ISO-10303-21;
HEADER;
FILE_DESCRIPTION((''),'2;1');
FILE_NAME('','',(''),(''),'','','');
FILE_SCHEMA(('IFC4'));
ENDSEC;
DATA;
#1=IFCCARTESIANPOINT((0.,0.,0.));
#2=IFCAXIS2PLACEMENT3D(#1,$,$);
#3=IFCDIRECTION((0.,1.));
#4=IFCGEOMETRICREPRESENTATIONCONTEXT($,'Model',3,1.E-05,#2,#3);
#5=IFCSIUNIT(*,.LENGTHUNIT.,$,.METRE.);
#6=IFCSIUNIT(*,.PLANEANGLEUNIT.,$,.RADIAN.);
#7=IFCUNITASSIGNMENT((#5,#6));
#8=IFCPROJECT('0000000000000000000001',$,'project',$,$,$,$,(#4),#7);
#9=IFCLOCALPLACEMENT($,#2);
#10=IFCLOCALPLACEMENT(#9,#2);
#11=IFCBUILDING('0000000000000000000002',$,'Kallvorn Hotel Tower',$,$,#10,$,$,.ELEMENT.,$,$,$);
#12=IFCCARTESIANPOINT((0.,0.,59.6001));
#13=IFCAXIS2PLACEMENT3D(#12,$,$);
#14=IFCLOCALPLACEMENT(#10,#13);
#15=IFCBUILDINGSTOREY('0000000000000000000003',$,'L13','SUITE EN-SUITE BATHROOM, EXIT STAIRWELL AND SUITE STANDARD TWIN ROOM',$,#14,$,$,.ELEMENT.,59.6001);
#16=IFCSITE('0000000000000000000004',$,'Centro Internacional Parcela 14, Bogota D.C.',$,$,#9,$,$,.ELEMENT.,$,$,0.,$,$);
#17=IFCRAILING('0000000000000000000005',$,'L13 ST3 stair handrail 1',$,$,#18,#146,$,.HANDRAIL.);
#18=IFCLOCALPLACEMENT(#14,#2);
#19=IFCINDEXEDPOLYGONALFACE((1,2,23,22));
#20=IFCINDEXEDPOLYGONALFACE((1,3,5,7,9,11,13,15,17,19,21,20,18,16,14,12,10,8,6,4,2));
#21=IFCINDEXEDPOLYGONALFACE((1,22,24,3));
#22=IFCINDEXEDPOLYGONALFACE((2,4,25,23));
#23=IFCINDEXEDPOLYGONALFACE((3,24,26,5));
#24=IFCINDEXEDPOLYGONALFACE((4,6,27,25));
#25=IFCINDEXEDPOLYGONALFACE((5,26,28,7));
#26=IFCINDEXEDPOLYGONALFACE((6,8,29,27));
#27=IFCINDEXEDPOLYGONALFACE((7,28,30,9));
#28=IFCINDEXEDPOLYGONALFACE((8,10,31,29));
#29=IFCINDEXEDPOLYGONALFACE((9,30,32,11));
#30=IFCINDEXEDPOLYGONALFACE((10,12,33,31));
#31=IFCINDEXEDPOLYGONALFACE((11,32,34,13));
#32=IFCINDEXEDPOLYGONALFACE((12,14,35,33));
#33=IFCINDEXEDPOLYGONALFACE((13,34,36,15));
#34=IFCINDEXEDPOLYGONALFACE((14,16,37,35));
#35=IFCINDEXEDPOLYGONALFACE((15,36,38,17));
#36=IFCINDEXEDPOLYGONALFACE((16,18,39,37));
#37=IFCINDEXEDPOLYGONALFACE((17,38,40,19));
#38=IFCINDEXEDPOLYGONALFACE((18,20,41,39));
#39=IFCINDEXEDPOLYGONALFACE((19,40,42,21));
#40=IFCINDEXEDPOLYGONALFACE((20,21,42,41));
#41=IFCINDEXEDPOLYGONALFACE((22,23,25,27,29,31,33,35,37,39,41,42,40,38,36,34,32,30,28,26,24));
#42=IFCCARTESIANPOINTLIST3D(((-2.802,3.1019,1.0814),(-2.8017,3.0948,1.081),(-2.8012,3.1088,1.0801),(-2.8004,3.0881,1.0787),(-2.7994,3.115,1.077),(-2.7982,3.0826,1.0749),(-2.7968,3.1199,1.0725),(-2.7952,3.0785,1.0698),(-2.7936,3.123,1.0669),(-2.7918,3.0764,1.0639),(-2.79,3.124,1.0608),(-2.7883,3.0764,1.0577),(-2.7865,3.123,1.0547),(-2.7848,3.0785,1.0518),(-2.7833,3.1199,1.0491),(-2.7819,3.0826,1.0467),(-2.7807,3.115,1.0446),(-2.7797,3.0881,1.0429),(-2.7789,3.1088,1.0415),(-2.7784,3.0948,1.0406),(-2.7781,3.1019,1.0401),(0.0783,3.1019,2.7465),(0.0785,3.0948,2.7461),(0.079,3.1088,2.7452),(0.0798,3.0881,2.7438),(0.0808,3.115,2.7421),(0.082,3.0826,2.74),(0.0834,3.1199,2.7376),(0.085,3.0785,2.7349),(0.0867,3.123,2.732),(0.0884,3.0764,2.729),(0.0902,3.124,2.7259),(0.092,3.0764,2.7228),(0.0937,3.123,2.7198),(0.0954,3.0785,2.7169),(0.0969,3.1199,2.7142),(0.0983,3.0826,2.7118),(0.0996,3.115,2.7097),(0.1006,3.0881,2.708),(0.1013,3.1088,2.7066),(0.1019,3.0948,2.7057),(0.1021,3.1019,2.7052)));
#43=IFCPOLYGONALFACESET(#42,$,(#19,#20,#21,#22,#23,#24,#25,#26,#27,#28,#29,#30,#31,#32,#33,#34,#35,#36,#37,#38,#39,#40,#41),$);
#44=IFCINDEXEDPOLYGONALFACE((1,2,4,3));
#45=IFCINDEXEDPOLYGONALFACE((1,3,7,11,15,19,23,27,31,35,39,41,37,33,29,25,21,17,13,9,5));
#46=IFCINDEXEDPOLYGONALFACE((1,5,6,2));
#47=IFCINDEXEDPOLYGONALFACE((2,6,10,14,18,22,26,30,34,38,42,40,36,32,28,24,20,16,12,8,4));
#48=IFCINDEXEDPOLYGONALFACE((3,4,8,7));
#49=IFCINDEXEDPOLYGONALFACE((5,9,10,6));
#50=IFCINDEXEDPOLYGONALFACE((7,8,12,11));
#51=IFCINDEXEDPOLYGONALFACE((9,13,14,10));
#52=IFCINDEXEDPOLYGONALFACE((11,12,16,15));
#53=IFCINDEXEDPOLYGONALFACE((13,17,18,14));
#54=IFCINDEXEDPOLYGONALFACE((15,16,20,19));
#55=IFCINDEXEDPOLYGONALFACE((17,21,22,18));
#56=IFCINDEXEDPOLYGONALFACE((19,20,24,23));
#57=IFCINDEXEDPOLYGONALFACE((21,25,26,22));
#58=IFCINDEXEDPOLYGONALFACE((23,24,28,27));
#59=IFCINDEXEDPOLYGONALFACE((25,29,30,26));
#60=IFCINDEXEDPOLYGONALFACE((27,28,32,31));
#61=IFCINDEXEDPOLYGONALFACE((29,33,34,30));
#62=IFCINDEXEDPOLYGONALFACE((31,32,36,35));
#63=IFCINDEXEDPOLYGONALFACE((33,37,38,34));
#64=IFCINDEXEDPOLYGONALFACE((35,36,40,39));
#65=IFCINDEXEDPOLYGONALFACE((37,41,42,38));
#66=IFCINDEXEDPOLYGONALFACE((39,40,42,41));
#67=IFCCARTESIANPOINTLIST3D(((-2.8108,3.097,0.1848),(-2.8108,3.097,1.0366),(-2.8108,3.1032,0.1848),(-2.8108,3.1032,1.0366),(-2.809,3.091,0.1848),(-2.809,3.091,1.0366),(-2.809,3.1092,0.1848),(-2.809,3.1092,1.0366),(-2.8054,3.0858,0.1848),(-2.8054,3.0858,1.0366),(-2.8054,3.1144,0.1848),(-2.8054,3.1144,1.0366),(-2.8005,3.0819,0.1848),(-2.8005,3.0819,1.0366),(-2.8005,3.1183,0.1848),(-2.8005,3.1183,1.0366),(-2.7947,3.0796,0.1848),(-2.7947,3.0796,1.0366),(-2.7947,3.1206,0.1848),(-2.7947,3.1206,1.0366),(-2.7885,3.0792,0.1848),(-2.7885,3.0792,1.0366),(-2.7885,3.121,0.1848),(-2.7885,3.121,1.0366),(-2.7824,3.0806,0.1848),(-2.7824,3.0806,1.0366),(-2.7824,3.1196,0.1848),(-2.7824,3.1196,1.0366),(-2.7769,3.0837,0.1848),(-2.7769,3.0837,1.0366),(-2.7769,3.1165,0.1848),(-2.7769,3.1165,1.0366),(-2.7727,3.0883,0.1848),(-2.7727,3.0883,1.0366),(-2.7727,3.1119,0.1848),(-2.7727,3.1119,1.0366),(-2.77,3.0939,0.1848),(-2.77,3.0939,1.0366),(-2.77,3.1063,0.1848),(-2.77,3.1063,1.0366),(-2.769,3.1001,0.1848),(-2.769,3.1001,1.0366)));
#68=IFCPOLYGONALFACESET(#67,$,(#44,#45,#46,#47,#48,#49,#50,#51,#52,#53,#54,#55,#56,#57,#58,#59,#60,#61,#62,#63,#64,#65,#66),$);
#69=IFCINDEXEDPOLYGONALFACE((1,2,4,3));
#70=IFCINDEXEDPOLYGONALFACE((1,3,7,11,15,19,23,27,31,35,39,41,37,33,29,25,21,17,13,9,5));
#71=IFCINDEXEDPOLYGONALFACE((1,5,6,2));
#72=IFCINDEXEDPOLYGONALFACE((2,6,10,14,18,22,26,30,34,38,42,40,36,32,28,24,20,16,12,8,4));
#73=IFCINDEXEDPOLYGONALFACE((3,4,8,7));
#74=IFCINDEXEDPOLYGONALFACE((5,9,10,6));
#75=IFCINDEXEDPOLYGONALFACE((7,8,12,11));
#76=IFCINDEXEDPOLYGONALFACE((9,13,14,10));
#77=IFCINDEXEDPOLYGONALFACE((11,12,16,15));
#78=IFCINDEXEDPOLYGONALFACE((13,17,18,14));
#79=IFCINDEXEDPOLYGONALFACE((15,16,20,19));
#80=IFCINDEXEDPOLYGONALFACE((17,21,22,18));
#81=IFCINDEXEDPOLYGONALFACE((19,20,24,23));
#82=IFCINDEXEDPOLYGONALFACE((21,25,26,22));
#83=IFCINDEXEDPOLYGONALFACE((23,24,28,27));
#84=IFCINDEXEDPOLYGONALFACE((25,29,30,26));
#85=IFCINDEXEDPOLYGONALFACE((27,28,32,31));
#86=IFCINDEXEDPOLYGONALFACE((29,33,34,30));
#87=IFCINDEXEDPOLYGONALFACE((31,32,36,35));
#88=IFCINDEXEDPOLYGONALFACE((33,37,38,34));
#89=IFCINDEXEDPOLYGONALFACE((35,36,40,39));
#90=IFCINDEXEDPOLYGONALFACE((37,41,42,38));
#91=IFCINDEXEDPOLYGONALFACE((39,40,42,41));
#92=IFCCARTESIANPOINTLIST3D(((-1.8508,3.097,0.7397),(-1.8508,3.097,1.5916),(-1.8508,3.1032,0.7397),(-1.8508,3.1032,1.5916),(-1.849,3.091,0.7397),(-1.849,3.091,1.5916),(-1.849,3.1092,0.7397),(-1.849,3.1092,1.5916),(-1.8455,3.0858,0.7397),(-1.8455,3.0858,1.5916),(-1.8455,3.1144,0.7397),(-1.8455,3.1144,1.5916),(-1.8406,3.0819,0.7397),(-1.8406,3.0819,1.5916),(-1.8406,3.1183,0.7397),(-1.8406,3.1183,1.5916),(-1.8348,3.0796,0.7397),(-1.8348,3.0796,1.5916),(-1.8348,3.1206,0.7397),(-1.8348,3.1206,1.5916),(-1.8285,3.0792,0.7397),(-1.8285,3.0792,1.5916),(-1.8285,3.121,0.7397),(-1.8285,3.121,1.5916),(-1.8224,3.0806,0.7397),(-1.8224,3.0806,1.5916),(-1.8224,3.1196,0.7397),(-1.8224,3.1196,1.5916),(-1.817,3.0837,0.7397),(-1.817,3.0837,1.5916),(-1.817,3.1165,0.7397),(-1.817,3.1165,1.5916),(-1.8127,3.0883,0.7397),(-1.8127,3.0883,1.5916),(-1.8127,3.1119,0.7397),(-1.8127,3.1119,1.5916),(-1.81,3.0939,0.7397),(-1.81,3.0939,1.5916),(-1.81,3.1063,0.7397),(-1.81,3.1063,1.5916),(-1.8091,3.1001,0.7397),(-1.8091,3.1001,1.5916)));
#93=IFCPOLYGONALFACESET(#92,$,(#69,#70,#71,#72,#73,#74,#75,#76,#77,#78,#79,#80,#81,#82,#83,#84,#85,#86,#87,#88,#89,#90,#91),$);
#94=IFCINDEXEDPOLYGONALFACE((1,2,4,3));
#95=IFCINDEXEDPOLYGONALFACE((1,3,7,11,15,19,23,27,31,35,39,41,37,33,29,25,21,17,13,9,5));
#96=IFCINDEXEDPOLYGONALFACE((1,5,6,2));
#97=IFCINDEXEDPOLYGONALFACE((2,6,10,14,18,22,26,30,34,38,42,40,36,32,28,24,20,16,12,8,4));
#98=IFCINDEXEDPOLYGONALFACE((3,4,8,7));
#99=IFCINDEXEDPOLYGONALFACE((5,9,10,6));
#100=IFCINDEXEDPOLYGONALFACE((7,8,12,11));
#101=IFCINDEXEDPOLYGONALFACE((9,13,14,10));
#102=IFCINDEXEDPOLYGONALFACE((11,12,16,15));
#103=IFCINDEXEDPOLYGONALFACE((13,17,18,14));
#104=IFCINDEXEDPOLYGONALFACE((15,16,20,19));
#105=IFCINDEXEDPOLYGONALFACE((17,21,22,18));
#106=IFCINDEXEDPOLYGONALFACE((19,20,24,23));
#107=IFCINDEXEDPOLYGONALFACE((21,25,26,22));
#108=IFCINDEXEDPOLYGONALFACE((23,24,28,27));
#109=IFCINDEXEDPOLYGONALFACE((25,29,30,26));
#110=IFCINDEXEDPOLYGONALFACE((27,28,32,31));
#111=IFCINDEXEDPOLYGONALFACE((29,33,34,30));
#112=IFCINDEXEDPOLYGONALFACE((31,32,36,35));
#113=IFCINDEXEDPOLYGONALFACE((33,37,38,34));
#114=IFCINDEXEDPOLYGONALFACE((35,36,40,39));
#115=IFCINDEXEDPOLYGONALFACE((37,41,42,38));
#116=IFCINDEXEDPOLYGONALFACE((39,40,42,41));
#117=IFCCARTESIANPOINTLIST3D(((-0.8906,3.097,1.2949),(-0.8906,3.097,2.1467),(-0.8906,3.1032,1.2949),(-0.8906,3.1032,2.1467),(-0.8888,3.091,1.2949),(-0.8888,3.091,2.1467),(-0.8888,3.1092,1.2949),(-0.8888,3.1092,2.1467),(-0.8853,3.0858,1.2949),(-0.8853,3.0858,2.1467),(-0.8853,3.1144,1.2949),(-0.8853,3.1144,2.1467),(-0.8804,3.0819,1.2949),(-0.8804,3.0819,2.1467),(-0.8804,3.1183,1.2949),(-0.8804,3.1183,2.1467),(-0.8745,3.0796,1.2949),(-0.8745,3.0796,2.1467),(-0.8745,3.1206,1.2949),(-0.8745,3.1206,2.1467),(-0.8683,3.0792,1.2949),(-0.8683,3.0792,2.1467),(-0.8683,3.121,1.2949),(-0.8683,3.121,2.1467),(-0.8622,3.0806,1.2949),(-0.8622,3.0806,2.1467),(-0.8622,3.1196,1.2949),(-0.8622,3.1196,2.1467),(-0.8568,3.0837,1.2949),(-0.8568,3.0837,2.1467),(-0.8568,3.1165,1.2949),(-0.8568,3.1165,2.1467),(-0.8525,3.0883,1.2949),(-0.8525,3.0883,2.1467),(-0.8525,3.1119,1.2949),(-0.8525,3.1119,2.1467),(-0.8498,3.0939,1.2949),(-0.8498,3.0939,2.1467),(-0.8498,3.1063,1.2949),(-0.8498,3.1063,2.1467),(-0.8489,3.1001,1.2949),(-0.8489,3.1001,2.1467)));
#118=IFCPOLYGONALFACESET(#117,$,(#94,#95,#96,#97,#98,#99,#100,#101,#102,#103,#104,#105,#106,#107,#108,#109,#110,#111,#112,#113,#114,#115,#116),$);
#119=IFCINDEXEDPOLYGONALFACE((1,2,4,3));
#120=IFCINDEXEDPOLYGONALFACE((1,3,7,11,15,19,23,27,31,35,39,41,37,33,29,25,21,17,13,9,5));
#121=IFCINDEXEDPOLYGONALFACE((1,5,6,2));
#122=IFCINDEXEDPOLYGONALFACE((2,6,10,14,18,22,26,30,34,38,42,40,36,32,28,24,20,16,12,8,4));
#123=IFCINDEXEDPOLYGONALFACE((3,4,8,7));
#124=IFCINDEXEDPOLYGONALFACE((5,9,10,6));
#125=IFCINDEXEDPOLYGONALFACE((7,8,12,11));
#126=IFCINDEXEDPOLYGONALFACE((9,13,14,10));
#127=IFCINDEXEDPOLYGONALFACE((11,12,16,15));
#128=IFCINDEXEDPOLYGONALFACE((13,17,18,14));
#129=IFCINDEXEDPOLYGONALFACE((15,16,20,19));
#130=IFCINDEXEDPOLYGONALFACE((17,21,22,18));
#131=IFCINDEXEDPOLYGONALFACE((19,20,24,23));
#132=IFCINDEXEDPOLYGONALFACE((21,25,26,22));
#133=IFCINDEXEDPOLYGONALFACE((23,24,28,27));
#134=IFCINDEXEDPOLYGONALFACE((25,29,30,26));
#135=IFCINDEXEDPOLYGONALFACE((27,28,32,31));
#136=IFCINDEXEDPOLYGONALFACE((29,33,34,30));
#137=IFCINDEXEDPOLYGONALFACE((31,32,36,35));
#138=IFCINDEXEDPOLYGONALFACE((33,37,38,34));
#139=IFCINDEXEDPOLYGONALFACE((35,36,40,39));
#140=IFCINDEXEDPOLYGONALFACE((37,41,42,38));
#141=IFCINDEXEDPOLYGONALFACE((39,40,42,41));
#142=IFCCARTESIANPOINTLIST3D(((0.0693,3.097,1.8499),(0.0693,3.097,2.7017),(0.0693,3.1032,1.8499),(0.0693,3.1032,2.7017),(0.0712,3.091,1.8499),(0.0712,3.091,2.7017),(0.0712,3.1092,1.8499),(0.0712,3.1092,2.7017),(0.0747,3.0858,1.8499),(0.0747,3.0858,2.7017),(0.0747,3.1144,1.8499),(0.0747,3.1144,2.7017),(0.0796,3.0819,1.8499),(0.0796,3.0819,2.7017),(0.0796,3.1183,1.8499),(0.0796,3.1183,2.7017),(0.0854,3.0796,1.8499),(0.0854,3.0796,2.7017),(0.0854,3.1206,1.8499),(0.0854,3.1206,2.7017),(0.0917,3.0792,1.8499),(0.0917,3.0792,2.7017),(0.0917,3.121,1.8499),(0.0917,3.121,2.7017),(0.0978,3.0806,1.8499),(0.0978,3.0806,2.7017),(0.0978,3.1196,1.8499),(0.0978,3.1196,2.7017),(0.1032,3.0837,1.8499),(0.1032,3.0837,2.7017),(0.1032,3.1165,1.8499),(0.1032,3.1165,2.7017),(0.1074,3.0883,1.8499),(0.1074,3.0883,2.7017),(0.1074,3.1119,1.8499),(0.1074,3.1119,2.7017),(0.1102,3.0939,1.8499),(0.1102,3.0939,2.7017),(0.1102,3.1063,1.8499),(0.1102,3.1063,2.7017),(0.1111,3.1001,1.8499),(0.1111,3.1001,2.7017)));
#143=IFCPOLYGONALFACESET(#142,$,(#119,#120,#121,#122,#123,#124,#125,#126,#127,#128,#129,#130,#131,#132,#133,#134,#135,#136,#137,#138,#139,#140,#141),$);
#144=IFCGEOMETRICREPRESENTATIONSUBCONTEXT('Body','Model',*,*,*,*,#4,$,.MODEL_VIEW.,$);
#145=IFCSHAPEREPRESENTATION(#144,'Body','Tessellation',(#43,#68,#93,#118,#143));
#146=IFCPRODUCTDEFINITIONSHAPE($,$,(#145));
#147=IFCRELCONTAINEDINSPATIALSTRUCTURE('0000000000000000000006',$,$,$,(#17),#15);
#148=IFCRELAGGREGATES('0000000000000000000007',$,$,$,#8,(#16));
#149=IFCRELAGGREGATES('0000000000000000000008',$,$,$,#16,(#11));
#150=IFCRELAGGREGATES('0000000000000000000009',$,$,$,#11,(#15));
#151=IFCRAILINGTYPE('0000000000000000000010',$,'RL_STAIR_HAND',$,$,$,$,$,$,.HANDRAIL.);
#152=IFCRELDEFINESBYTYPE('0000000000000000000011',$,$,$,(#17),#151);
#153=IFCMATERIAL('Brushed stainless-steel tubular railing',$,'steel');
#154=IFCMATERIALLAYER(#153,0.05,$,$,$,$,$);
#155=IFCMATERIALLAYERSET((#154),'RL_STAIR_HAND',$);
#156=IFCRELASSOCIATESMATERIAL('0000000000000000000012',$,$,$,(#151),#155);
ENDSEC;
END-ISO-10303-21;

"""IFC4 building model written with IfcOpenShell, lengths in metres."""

from ifc_helpers import new_model, si_unit, direction, frame, origin, origin_2d, place, context, subcontext, project, spatial, circle, extrude, material, layer, layer_set, type_object, element, save


model = new_model("IFC4")

# Units and contexts
model_context = context("Model", 3, precision=1e-05, world=origin(), true_north=direction((0.0, 1.0)))
body_context = subcontext(model_context, "Body", "Model", "MODEL_VIEW")
ifc_project = project(units=[si_unit("LENGTHUNIT", "METRE"), si_unit("PLANEANGLEUNIT", "RADIAN")], contexts=[model_context])

# Site, building, storey
site_placement = place(None, origin())
site = spatial("IfcSite", under=ifc_project, at=site_placement, Name="Centro Internacional Parcela 14, Bogota D.C.", CompositionType="ELEMENT", RefElevation=0.0)
building_placement = place(site_placement, origin())
building = spatial("IfcBuilding", under=site, at=building_placement, Name="Kallvorn Hotel Tower", CompositionType="ELEMENT")
storey_placement = place(building_placement, frame((0.0, 0.0, 59.6001)))
storey = spatial("IfcBuildingStorey", under=building, at=storey_placement, Name="L13", Description="SUITE EN-SUITE BATHROOM, EXIT STAIRWELL AND SUITE STANDARD TWIN ROOM", CompositionType="ELEMENT", Elevation=59.6001)

# Railing
ifc_material_1 = material(Name="Brushed stainless-steel tubular railing", Category="steel")
ifc_layer_1 = layer(ifc_material_1, 0.05)
ifc_layer_set_1 = layer_set([ifc_layer_1], Name="RL_STAIR_HAND")
railing_type_1 = type_object("IfcRailingType", Name="RL_STAIR_HAND", PredefinedType="HANDRAIL", material=ifc_layer_set_1)
railing_1_placement = place(storey_placement, frame((-2.79, 3.1001, 0.1848)))
element("IfcRailing", 1, at=railing_1_placement, inside=storey, type_object=railing_type_1, Name="L13 ST3 stair handrail 1", PredefinedType="HANDRAIL", context=body_context, shape_type="SweptSolid", body=[
    extrude(circle(Radius=0.0239, at=origin_2d()), frame((0.0, 0.0, 0.876), z_axis=(0.865739, 0.0, 0.500495), x_axis=(0.0, 1.0, 0.0)), (0.0, 0.0, 1.0), 3.3269),
    extrude(circle(Radius=0.021, at=origin_2d()), origin(), (0.0, 0.0, 1.0), 0.8518),
    extrude(circle(Radius=0.021, at=origin_2d()), frame((0.96, 0.0, 0.5549)), (0.0, 0.0, 1.0), 0.8518),
    extrude(circle(Radius=0.021, at=origin_2d()), frame((1.9202, 0.0, 1.1101)), (0.0, 0.0, 1.0), 0.8518),
    extrude(circle(Radius=0.021, at=origin_2d()), frame((2.8801, 0.0, 1.665)), (0.0, 0.0, 1.0), 0.8518),
])

save(model, "model.ifc")
